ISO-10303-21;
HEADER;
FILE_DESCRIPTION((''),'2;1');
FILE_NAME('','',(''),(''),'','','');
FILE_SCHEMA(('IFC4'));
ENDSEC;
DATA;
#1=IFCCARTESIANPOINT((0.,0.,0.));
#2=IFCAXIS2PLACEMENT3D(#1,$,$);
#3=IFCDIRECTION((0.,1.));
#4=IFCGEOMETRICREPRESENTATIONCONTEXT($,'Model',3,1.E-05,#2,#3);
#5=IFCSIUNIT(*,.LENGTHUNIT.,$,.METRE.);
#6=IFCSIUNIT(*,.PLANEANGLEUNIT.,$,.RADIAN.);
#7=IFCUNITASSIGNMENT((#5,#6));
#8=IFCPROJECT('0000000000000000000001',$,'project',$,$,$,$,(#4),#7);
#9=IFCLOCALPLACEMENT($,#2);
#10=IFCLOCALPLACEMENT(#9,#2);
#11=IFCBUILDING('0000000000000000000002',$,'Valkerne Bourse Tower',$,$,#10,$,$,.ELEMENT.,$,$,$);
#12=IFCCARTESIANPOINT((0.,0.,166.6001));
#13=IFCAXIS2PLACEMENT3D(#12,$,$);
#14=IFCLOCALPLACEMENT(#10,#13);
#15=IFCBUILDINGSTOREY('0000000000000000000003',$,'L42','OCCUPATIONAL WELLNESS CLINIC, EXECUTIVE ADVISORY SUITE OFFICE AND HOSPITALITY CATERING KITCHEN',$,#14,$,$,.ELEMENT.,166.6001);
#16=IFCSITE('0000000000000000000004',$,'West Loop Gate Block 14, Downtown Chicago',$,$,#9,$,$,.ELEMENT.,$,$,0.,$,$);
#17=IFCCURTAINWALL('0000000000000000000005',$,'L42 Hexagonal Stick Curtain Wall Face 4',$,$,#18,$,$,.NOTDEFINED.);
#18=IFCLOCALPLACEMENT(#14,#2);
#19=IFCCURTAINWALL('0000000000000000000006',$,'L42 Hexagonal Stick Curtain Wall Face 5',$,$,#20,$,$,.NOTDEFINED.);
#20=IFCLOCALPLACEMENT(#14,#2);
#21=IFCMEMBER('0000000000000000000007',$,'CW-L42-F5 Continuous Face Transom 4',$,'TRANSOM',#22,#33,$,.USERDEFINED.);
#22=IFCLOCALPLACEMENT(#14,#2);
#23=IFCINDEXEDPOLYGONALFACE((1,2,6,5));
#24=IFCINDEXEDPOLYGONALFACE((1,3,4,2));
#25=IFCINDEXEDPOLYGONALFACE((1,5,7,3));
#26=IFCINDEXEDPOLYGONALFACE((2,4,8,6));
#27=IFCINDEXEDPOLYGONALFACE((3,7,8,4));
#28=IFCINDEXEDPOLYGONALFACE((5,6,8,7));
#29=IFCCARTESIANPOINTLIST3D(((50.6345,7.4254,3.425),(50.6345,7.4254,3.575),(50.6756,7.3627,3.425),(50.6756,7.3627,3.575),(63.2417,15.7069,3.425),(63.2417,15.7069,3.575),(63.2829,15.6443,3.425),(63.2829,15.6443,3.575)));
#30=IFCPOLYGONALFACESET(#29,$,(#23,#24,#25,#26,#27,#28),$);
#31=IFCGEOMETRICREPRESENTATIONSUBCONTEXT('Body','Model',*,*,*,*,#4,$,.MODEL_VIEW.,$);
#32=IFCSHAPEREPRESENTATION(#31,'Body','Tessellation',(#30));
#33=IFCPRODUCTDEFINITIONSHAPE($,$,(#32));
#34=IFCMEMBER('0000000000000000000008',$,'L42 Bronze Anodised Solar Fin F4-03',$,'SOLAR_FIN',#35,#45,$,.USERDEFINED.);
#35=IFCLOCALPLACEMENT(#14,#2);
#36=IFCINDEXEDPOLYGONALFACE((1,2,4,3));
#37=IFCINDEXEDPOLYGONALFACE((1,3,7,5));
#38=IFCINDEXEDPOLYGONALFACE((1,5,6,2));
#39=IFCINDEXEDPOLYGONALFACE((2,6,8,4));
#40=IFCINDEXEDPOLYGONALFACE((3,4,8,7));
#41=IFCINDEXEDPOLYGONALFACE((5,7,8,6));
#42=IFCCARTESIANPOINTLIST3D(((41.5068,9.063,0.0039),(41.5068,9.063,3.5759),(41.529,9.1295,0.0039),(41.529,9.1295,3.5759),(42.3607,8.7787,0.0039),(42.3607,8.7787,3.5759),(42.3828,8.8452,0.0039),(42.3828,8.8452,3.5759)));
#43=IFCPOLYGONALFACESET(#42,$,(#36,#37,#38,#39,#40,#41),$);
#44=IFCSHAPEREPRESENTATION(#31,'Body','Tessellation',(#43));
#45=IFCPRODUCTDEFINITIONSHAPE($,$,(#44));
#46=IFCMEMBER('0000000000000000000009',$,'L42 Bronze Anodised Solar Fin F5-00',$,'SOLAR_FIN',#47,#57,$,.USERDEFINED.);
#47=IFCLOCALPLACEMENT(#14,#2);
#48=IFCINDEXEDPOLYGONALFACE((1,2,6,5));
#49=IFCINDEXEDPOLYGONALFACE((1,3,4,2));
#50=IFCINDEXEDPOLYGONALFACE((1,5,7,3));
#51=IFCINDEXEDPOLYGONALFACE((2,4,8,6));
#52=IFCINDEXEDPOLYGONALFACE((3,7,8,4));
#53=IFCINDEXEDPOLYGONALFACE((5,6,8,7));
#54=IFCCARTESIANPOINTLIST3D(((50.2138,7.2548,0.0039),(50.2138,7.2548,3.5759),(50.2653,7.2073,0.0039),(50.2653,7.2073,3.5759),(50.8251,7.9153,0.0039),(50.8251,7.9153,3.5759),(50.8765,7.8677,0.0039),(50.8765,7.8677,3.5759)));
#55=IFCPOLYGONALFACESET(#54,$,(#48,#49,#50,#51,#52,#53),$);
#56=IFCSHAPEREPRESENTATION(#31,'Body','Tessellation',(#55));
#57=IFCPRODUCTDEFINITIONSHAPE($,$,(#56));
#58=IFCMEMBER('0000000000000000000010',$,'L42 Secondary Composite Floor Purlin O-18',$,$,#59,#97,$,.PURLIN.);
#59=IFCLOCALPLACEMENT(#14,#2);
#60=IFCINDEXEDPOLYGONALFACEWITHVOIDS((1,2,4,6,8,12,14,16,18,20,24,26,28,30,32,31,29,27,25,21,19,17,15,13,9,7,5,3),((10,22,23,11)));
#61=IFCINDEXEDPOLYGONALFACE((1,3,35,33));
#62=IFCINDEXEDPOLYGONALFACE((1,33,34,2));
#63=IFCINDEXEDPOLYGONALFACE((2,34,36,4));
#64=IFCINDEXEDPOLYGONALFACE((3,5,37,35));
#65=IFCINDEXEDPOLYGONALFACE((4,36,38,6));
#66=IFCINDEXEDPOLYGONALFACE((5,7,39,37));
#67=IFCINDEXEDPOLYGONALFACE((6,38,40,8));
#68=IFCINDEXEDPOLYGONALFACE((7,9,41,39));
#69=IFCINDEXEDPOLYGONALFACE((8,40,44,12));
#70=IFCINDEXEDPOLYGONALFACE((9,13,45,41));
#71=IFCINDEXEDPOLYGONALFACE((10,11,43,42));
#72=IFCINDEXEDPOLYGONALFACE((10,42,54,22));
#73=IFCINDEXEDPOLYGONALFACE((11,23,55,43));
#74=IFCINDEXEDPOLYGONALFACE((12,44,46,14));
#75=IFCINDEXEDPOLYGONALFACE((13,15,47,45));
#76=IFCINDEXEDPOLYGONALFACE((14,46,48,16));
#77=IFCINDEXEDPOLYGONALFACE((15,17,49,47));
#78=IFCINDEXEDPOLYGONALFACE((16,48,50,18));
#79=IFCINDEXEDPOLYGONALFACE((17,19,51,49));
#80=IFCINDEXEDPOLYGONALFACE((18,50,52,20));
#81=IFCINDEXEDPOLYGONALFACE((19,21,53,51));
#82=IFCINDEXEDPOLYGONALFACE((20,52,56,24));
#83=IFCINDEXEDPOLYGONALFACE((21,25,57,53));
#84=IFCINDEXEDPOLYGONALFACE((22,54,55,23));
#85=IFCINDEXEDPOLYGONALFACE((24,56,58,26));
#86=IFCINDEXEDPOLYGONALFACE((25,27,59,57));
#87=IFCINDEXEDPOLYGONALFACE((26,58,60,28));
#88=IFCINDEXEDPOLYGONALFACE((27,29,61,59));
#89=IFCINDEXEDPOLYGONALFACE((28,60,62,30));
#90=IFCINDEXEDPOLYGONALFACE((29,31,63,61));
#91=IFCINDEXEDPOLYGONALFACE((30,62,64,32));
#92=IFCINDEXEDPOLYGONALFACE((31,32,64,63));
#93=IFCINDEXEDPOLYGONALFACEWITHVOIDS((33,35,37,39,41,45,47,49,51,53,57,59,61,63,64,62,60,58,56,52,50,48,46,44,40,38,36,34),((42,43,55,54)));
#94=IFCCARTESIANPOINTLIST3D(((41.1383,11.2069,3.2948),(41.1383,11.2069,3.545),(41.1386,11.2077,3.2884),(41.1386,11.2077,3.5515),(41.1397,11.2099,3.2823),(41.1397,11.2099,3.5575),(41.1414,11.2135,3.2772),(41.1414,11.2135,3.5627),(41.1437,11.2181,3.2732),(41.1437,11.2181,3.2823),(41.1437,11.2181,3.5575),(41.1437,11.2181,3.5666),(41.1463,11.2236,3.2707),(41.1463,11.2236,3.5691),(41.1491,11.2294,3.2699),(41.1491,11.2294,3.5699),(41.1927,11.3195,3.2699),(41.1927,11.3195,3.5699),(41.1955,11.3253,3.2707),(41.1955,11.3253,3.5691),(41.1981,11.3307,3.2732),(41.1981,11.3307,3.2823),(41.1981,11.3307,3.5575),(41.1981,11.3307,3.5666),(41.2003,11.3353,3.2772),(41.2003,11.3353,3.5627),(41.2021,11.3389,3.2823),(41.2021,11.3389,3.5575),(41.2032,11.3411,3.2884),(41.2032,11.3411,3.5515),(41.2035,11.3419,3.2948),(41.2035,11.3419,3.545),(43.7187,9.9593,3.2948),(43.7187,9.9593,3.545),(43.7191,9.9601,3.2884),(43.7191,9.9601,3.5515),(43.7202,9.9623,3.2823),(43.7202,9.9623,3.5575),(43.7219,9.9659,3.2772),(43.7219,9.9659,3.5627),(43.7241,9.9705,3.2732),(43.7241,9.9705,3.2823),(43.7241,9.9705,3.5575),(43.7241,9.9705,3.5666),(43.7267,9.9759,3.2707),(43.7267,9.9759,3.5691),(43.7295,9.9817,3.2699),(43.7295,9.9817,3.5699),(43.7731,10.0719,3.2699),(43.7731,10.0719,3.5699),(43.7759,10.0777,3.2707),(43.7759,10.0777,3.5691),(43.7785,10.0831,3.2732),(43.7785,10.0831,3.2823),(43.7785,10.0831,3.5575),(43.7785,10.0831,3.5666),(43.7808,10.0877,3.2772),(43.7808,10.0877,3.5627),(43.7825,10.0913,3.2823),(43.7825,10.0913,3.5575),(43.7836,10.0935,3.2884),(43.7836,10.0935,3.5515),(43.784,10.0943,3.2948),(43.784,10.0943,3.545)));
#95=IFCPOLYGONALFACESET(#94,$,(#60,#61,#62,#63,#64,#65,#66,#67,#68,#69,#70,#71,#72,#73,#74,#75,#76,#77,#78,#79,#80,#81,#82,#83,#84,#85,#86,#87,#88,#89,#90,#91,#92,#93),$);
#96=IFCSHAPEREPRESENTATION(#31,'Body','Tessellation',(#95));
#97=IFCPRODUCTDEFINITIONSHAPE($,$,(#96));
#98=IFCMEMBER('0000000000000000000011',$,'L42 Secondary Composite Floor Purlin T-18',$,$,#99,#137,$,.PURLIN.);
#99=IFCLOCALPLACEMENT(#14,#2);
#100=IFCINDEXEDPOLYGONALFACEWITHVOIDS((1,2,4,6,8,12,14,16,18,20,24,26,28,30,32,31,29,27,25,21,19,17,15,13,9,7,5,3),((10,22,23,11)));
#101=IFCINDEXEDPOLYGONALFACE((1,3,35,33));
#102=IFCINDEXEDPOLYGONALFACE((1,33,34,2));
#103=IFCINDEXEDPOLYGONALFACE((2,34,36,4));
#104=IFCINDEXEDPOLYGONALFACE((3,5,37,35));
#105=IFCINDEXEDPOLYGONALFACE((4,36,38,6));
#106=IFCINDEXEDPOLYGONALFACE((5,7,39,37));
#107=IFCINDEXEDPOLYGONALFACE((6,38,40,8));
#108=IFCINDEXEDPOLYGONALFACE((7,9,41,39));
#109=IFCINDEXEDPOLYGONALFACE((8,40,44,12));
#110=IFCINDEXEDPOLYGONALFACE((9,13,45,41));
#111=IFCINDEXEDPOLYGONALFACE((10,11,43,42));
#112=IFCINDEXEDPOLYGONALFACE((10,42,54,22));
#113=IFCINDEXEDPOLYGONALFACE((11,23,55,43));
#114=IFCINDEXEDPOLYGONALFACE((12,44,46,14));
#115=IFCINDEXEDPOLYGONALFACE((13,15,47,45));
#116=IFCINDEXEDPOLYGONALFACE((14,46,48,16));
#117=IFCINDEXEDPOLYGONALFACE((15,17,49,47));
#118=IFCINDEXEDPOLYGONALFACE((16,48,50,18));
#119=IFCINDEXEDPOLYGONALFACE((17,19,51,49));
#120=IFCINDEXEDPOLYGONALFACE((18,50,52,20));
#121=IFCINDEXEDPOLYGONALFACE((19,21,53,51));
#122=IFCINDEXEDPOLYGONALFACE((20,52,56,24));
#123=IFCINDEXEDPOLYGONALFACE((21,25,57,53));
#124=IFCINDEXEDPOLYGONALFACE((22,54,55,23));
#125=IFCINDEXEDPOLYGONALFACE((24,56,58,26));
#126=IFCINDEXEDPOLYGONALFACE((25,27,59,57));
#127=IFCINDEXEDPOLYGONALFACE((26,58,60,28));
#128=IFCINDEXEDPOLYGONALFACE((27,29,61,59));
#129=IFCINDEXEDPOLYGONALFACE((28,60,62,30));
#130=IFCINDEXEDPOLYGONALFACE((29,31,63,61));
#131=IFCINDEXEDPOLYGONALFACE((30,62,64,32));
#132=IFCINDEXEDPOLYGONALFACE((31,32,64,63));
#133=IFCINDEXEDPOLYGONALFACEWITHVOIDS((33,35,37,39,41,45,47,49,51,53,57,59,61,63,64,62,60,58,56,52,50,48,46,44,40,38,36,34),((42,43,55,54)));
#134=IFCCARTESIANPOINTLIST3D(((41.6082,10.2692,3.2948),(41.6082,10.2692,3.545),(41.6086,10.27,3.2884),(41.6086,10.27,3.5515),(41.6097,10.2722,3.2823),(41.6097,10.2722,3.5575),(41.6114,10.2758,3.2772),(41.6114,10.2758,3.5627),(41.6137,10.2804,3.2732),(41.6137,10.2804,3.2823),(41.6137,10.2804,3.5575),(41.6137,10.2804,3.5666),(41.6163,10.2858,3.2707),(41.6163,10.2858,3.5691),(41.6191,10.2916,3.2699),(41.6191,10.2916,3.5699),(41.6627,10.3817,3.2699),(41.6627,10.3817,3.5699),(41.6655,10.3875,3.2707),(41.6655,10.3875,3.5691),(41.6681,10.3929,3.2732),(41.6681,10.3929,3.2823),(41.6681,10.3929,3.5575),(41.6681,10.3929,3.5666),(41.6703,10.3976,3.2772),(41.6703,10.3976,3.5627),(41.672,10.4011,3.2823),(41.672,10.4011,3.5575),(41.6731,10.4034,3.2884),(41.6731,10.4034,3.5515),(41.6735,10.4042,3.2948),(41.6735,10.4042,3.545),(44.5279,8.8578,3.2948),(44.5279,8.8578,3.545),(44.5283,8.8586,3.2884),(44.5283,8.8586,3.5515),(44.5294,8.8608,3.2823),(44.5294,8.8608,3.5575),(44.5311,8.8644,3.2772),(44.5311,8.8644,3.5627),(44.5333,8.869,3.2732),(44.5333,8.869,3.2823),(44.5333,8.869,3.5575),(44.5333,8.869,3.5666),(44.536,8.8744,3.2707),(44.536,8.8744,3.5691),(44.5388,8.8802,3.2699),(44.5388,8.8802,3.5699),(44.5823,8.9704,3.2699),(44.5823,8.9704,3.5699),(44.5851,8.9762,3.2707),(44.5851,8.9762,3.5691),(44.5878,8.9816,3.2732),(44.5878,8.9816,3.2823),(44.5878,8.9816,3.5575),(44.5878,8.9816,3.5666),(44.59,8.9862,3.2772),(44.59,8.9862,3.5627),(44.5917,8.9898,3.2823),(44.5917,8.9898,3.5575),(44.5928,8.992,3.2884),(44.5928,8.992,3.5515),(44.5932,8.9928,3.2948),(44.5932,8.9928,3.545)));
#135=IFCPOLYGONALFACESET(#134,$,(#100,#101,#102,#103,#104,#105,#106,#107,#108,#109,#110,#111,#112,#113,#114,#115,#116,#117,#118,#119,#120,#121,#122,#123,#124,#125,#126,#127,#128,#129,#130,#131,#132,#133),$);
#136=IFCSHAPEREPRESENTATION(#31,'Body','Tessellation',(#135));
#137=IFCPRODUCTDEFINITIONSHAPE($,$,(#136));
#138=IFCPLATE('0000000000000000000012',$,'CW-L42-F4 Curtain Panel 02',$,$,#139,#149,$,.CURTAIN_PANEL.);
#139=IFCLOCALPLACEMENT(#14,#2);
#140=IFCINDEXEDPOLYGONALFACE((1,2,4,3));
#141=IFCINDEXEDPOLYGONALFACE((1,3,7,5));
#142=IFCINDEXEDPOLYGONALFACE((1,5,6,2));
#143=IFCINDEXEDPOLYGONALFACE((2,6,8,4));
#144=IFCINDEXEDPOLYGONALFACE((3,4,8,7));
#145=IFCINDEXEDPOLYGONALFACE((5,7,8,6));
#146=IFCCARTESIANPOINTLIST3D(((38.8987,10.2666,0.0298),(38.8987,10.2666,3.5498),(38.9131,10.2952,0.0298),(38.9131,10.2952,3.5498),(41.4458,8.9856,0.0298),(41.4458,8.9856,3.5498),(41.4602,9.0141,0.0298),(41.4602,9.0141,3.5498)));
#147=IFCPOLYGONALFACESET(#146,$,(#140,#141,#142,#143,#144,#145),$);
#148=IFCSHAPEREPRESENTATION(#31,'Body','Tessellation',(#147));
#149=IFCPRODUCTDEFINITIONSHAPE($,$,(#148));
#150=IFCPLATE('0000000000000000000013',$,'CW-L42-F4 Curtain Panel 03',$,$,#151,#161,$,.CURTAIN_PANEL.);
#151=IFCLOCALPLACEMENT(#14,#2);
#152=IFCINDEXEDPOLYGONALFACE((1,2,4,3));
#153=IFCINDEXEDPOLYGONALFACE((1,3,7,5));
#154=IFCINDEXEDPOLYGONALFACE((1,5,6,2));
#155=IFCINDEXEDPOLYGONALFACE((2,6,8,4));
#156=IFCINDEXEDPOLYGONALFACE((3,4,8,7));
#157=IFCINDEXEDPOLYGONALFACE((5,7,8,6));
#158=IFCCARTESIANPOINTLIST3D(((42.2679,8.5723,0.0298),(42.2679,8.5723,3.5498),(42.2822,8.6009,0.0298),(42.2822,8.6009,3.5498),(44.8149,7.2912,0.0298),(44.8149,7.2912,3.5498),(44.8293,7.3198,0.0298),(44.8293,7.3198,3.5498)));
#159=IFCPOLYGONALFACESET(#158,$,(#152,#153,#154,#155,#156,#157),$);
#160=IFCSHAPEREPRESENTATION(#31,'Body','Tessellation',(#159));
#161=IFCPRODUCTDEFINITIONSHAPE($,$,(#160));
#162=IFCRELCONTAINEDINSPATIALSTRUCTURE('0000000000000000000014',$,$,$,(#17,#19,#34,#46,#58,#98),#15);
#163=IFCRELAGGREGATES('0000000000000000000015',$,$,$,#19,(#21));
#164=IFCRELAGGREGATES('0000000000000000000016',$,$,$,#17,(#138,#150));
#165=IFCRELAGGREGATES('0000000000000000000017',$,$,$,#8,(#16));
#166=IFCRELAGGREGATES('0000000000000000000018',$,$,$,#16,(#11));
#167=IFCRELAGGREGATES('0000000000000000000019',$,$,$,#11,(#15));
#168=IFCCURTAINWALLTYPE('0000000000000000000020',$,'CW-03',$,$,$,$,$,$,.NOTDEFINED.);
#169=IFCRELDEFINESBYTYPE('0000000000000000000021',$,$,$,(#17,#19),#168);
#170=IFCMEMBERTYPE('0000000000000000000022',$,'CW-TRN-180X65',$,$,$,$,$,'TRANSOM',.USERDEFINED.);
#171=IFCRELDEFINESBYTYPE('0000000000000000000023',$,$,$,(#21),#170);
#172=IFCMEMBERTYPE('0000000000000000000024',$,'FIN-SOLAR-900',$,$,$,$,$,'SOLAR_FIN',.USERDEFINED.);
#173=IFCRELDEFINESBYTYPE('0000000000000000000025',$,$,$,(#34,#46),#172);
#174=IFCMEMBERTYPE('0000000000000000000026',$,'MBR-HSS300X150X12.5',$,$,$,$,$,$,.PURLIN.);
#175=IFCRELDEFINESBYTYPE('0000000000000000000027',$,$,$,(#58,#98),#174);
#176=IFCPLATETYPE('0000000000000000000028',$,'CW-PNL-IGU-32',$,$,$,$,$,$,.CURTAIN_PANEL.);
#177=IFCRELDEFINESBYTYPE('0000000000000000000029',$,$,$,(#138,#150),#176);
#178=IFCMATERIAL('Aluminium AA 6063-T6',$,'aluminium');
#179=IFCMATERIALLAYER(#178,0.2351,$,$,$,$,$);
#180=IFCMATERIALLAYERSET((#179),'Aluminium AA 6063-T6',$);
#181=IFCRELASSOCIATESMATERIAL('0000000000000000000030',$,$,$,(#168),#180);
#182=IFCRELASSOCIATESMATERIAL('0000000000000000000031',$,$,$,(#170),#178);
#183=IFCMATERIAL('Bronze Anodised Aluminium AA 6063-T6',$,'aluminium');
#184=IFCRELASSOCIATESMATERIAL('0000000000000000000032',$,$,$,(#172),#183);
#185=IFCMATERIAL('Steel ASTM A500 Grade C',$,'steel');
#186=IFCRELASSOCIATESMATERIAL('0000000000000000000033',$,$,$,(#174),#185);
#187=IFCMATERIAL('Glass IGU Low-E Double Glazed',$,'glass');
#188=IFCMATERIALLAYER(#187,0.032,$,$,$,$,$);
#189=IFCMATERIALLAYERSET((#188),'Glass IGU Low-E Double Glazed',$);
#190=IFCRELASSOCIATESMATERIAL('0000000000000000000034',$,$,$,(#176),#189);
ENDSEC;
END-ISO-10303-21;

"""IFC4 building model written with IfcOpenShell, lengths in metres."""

from ifc_helpers import new_model, si_unit, direction, frame, origin, origin_2d, place, context, subcontext, project, spatial, rectangle, hollow_rectangle, extrude, material, layer, layer_set, material_profile, profile_set, type_object, element, aggregate, save


model = new_model("IFC4")

# Units and contexts
model_context = context("Model", 3, precision=1e-05, world=origin(), true_north=direction((0.0, 1.0)))
body_context = subcontext(model_context, "Body", "Model", "MODEL_VIEW")
ifc_project = project(units=[si_unit("LENGTHUNIT", "METRE"), si_unit("PLANEANGLEUNIT", "RADIAN")], contexts=[model_context])

# Site, building, storey
site_placement = place(None, origin())
site = spatial("IfcSite", under=ifc_project, at=site_placement, Name="West Loop Gate Block 14, Downtown Chicago", CompositionType="ELEMENT", RefElevation=0.0)
building_placement = place(site_placement, origin())
building = spatial("IfcBuilding", under=site, at=building_placement, Name="Valkerne Bourse Tower", CompositionType="ELEMENT")
storey_placement = place(building_placement, frame((0.0, 0.0, 166.6001)))
storey = spatial("IfcBuildingStorey", under=building, at=storey_placement, Name="L42", Description="OCCUPATIONAL WELLNESS CLINIC, EXECUTIVE ADVISORY SUITE OFFICE AND HOSPITALITY CATERING KITCHEN", CompositionType="ELEMENT", Elevation=166.6001)

# Curtain walls, member
ifc_material_1 = material(Name="Aluminium AA 6063-T6", Category="aluminium")
ifc_layer_1 = layer(ifc_material_1, 0.2351)
ifc_layer_set_1 = layer_set([ifc_layer_1], Name="Aluminium AA 6063-T6")
curtain_wall_type = type_object("IfcCurtainWallType", Name="CW-03", PredefinedType="NOTDEFINED", material=ifc_layer_set_1)
curtain_wall_1_placement = place(storey_placement, origin())
curtain_wall_1 = element("IfcCurtainWall", 1, at=curtain_wall_1_placement, inside=storey, type_object=curtain_wall_type, Name="L42 Hexagonal Stick Curtain Wall Face 4", PredefinedType="NOTDEFINED")
curtain_wall_2_placement = place(storey_placement, origin())
curtain_wall_2 = element("IfcCurtainWall", 2, at=curtain_wall_2_placement, inside=storey, type_object=curtain_wall_type, Name="L42 Hexagonal Stick Curtain Wall Face 5", PredefinedType="NOTDEFINED")
ifc_material_profile_1 = material_profile(ifc_material_1, rectangle(XDim=0.075, YDim=0.1499, at=origin_2d()), Name="CWT-75X150")
ifc_profile_set_1 = profile_set([ifc_material_profile_1], Name="Aluminium AA 6063-T6")
member_type_1 = type_object("IfcMemberType", Name="CW-TRN-180X65", ElementType="TRANSOM", PredefinedType="USERDEFINED", material=ifc_profile_set_1)
member_1_placement = place(storey_placement, frame((50.655, 7.394, 3.5), z_axis=(0.835804, 0.549029, 0.0), x_axis=(-0.549029, 0.835804, 0.0)))
member_1 = element("IfcMember", 3, at=member_1_placement, type_object=member_type_1, Name="CW-L42-F5 Continuous Face Transom 4", ObjectType="TRANSOM", PredefinedType="USERDEFINED", context=body_context, shape_type="SweptSolid", body=[
    extrude(rectangle(XDim=0.075, YDim=0.1499, at=origin_2d()), origin(), (0.0, 0.0, 1.0), 15.084),
])
aggregate(curtain_wall_2, [member_1])

# Members
ifc_material_2 = material(Name="Bronze Anodised Aluminium AA 6063-T6", Category="aluminium")
ifc_material_profile_2 = material_profile(ifc_material_2, rectangle(XDim=0.0701, YDim=0.8999, at=origin_2d()), Name="FIN-70X900")
ifc_profile_set_2 = profile_set([ifc_material_profile_2], Name="Bronze Anodised Aluminium AA 6063-T6")
member_type_2 = type_object("IfcMemberType", Name="FIN-SOLAR-900", ElementType="SOLAR_FIN", PredefinedType="USERDEFINED", material=ifc_profile_set_2)
for number, where, z_axis, x_axis, name in (
    (4, (41.9448, 8.9541, 0.0039), (0.0, 0.0, 1.0), (-0.31585, -0.948809, 0.0), "L42 Bronze Anodised Solar Fin F4-03"),
    (5, (50.5452, 7.5613, 0.0039), (0.0, 0.0, 1.0), (0.733921, -0.679235, 0.0), "L42 Bronze Anodised Solar Fin F5-00"),
):
    element("IfcMember", number, at=place(storey_placement, frame(where, z_axis=z_axis, x_axis=x_axis)), inside=storey, type_object=member_type_2, Name=name, ObjectType="SOLAR_FIN", PredefinedType="USERDEFINED", context=body_context, shape_type="SweptSolid", body=[
        extrude(rectangle(XDim=0.0701, YDim=0.8999, at=origin_2d()), origin(), (0.0, 0.0, 1.0), 3.572),
    ])
ifc_material_3 = material(Name="Steel ASTM A500 Grade C", Category="steel")
ifc_material_profile_3 = material_profile(ifc_material_3, hollow_rectangle(XDim=0.1499, YDim=0.3, WallThickness=0.0125, OuterFilletRadius=0.0249, at=origin_2d()), Name="HSS300X150X12.5")
ifc_profile_set_3 = profile_set([ifc_material_profile_3], Name="Steel ASTM A500 Grade C")
member_type_3 = type_object("IfcMemberType", Name="MBR-HSS300X150X12.5", PredefinedType="PURLIN", material=ifc_profile_set_3)
member_2_placement = place(storey_placement, frame((41.1709, 11.2744, 3.4199), z_axis=(0.900294, -0.435283, 0.0), x_axis=(0.435283, 0.900294, 0.0)))
element("IfcMember", 6, at=member_2_placement, inside=storey, type_object=member_type_3, Name="L42 Secondary Composite Floor Purlin O-18", PredefinedType="PURLIN", context=body_context, shape_type="SweptSolid", body=[
    extrude(hollow_rectangle(XDim=0.1499, YDim=0.3, WallThickness=0.0125, OuterFilletRadius=0.0249, at=origin_2d()), origin(), (0.0, 0.0, 1.0), 2.8662),
])
member_3_placement = place(storey_placement, frame((41.6409, 10.3367, 3.4199), z_axis=(0.900325, -0.435218, 0.0), x_axis=(0.435218, 0.900325, 0.0)))
element("IfcMember", 7, at=member_3_placement, inside=storey, type_object=member_type_3, Name="L42 Secondary Composite Floor Purlin T-18", PredefinedType="PURLIN", context=body_context, shape_type="SweptSolid", body=[
    extrude(hollow_rectangle(XDim=0.1499, YDim=0.3, WallThickness=0.0125, OuterFilletRadius=0.0249, at=origin_2d()), origin(), (0.0, 0.0, 1.0), 3.2429),
])

# Plates
ifc_material_4 = material(Name="Glass IGU Low-E Double Glazed", Category="glass")
ifc_layer_2 = layer(ifc_material_4, 0.032)
ifc_layer_set_2 = layer_set([ifc_layer_2], Name="Glass IGU Low-E Double Glazed")
plate_type = type_object("IfcPlateType", Name="CW-PNL-IGU-32", PredefinedType="CURTAIN_PANEL", material=ifc_layer_set_2)
plate_1_placement = place(storey_placement, frame((40.1794, 9.6404, 0.0298), z_axis=(0.0, 0.0, 1.0), x_axis=(0.893369, -0.449323, 0.0)))
plate_1 = element("IfcPlate", 8, at=plate_1_placement, type_object=plate_type, Name="CW-L42-F4 Curtain Panel 02", PredefinedType="CURTAIN_PANEL", context=body_context, shape_type="SweptSolid", body=[
    extrude(rectangle(XDim=2.8511, YDim=0.032, at=origin_2d()), origin(), (0.0, 0.0, 1.0), 3.52),
])
plate_2_placement = place(storey_placement, frame((43.5486, 7.946, 0.0298), z_axis=(0.0, 0.0, 1.0), x_axis=(0.893369, -0.449323, 0.0)))
plate_2 = element("IfcPlate", 9, at=plate_2_placement, type_object=plate_type, Name="CW-L42-F4 Curtain Panel 03", PredefinedType="CURTAIN_PANEL", context=body_context, shape_type="SweptSolid", body=[
    extrude(rectangle(XDim=2.8511, YDim=0.032, at=origin_2d()), origin(), (0.0, 0.0, 1.0), 3.52),
])
aggregate(curtain_wall_1, [plate_1, plate_2])

save(model, "model.ifc")
